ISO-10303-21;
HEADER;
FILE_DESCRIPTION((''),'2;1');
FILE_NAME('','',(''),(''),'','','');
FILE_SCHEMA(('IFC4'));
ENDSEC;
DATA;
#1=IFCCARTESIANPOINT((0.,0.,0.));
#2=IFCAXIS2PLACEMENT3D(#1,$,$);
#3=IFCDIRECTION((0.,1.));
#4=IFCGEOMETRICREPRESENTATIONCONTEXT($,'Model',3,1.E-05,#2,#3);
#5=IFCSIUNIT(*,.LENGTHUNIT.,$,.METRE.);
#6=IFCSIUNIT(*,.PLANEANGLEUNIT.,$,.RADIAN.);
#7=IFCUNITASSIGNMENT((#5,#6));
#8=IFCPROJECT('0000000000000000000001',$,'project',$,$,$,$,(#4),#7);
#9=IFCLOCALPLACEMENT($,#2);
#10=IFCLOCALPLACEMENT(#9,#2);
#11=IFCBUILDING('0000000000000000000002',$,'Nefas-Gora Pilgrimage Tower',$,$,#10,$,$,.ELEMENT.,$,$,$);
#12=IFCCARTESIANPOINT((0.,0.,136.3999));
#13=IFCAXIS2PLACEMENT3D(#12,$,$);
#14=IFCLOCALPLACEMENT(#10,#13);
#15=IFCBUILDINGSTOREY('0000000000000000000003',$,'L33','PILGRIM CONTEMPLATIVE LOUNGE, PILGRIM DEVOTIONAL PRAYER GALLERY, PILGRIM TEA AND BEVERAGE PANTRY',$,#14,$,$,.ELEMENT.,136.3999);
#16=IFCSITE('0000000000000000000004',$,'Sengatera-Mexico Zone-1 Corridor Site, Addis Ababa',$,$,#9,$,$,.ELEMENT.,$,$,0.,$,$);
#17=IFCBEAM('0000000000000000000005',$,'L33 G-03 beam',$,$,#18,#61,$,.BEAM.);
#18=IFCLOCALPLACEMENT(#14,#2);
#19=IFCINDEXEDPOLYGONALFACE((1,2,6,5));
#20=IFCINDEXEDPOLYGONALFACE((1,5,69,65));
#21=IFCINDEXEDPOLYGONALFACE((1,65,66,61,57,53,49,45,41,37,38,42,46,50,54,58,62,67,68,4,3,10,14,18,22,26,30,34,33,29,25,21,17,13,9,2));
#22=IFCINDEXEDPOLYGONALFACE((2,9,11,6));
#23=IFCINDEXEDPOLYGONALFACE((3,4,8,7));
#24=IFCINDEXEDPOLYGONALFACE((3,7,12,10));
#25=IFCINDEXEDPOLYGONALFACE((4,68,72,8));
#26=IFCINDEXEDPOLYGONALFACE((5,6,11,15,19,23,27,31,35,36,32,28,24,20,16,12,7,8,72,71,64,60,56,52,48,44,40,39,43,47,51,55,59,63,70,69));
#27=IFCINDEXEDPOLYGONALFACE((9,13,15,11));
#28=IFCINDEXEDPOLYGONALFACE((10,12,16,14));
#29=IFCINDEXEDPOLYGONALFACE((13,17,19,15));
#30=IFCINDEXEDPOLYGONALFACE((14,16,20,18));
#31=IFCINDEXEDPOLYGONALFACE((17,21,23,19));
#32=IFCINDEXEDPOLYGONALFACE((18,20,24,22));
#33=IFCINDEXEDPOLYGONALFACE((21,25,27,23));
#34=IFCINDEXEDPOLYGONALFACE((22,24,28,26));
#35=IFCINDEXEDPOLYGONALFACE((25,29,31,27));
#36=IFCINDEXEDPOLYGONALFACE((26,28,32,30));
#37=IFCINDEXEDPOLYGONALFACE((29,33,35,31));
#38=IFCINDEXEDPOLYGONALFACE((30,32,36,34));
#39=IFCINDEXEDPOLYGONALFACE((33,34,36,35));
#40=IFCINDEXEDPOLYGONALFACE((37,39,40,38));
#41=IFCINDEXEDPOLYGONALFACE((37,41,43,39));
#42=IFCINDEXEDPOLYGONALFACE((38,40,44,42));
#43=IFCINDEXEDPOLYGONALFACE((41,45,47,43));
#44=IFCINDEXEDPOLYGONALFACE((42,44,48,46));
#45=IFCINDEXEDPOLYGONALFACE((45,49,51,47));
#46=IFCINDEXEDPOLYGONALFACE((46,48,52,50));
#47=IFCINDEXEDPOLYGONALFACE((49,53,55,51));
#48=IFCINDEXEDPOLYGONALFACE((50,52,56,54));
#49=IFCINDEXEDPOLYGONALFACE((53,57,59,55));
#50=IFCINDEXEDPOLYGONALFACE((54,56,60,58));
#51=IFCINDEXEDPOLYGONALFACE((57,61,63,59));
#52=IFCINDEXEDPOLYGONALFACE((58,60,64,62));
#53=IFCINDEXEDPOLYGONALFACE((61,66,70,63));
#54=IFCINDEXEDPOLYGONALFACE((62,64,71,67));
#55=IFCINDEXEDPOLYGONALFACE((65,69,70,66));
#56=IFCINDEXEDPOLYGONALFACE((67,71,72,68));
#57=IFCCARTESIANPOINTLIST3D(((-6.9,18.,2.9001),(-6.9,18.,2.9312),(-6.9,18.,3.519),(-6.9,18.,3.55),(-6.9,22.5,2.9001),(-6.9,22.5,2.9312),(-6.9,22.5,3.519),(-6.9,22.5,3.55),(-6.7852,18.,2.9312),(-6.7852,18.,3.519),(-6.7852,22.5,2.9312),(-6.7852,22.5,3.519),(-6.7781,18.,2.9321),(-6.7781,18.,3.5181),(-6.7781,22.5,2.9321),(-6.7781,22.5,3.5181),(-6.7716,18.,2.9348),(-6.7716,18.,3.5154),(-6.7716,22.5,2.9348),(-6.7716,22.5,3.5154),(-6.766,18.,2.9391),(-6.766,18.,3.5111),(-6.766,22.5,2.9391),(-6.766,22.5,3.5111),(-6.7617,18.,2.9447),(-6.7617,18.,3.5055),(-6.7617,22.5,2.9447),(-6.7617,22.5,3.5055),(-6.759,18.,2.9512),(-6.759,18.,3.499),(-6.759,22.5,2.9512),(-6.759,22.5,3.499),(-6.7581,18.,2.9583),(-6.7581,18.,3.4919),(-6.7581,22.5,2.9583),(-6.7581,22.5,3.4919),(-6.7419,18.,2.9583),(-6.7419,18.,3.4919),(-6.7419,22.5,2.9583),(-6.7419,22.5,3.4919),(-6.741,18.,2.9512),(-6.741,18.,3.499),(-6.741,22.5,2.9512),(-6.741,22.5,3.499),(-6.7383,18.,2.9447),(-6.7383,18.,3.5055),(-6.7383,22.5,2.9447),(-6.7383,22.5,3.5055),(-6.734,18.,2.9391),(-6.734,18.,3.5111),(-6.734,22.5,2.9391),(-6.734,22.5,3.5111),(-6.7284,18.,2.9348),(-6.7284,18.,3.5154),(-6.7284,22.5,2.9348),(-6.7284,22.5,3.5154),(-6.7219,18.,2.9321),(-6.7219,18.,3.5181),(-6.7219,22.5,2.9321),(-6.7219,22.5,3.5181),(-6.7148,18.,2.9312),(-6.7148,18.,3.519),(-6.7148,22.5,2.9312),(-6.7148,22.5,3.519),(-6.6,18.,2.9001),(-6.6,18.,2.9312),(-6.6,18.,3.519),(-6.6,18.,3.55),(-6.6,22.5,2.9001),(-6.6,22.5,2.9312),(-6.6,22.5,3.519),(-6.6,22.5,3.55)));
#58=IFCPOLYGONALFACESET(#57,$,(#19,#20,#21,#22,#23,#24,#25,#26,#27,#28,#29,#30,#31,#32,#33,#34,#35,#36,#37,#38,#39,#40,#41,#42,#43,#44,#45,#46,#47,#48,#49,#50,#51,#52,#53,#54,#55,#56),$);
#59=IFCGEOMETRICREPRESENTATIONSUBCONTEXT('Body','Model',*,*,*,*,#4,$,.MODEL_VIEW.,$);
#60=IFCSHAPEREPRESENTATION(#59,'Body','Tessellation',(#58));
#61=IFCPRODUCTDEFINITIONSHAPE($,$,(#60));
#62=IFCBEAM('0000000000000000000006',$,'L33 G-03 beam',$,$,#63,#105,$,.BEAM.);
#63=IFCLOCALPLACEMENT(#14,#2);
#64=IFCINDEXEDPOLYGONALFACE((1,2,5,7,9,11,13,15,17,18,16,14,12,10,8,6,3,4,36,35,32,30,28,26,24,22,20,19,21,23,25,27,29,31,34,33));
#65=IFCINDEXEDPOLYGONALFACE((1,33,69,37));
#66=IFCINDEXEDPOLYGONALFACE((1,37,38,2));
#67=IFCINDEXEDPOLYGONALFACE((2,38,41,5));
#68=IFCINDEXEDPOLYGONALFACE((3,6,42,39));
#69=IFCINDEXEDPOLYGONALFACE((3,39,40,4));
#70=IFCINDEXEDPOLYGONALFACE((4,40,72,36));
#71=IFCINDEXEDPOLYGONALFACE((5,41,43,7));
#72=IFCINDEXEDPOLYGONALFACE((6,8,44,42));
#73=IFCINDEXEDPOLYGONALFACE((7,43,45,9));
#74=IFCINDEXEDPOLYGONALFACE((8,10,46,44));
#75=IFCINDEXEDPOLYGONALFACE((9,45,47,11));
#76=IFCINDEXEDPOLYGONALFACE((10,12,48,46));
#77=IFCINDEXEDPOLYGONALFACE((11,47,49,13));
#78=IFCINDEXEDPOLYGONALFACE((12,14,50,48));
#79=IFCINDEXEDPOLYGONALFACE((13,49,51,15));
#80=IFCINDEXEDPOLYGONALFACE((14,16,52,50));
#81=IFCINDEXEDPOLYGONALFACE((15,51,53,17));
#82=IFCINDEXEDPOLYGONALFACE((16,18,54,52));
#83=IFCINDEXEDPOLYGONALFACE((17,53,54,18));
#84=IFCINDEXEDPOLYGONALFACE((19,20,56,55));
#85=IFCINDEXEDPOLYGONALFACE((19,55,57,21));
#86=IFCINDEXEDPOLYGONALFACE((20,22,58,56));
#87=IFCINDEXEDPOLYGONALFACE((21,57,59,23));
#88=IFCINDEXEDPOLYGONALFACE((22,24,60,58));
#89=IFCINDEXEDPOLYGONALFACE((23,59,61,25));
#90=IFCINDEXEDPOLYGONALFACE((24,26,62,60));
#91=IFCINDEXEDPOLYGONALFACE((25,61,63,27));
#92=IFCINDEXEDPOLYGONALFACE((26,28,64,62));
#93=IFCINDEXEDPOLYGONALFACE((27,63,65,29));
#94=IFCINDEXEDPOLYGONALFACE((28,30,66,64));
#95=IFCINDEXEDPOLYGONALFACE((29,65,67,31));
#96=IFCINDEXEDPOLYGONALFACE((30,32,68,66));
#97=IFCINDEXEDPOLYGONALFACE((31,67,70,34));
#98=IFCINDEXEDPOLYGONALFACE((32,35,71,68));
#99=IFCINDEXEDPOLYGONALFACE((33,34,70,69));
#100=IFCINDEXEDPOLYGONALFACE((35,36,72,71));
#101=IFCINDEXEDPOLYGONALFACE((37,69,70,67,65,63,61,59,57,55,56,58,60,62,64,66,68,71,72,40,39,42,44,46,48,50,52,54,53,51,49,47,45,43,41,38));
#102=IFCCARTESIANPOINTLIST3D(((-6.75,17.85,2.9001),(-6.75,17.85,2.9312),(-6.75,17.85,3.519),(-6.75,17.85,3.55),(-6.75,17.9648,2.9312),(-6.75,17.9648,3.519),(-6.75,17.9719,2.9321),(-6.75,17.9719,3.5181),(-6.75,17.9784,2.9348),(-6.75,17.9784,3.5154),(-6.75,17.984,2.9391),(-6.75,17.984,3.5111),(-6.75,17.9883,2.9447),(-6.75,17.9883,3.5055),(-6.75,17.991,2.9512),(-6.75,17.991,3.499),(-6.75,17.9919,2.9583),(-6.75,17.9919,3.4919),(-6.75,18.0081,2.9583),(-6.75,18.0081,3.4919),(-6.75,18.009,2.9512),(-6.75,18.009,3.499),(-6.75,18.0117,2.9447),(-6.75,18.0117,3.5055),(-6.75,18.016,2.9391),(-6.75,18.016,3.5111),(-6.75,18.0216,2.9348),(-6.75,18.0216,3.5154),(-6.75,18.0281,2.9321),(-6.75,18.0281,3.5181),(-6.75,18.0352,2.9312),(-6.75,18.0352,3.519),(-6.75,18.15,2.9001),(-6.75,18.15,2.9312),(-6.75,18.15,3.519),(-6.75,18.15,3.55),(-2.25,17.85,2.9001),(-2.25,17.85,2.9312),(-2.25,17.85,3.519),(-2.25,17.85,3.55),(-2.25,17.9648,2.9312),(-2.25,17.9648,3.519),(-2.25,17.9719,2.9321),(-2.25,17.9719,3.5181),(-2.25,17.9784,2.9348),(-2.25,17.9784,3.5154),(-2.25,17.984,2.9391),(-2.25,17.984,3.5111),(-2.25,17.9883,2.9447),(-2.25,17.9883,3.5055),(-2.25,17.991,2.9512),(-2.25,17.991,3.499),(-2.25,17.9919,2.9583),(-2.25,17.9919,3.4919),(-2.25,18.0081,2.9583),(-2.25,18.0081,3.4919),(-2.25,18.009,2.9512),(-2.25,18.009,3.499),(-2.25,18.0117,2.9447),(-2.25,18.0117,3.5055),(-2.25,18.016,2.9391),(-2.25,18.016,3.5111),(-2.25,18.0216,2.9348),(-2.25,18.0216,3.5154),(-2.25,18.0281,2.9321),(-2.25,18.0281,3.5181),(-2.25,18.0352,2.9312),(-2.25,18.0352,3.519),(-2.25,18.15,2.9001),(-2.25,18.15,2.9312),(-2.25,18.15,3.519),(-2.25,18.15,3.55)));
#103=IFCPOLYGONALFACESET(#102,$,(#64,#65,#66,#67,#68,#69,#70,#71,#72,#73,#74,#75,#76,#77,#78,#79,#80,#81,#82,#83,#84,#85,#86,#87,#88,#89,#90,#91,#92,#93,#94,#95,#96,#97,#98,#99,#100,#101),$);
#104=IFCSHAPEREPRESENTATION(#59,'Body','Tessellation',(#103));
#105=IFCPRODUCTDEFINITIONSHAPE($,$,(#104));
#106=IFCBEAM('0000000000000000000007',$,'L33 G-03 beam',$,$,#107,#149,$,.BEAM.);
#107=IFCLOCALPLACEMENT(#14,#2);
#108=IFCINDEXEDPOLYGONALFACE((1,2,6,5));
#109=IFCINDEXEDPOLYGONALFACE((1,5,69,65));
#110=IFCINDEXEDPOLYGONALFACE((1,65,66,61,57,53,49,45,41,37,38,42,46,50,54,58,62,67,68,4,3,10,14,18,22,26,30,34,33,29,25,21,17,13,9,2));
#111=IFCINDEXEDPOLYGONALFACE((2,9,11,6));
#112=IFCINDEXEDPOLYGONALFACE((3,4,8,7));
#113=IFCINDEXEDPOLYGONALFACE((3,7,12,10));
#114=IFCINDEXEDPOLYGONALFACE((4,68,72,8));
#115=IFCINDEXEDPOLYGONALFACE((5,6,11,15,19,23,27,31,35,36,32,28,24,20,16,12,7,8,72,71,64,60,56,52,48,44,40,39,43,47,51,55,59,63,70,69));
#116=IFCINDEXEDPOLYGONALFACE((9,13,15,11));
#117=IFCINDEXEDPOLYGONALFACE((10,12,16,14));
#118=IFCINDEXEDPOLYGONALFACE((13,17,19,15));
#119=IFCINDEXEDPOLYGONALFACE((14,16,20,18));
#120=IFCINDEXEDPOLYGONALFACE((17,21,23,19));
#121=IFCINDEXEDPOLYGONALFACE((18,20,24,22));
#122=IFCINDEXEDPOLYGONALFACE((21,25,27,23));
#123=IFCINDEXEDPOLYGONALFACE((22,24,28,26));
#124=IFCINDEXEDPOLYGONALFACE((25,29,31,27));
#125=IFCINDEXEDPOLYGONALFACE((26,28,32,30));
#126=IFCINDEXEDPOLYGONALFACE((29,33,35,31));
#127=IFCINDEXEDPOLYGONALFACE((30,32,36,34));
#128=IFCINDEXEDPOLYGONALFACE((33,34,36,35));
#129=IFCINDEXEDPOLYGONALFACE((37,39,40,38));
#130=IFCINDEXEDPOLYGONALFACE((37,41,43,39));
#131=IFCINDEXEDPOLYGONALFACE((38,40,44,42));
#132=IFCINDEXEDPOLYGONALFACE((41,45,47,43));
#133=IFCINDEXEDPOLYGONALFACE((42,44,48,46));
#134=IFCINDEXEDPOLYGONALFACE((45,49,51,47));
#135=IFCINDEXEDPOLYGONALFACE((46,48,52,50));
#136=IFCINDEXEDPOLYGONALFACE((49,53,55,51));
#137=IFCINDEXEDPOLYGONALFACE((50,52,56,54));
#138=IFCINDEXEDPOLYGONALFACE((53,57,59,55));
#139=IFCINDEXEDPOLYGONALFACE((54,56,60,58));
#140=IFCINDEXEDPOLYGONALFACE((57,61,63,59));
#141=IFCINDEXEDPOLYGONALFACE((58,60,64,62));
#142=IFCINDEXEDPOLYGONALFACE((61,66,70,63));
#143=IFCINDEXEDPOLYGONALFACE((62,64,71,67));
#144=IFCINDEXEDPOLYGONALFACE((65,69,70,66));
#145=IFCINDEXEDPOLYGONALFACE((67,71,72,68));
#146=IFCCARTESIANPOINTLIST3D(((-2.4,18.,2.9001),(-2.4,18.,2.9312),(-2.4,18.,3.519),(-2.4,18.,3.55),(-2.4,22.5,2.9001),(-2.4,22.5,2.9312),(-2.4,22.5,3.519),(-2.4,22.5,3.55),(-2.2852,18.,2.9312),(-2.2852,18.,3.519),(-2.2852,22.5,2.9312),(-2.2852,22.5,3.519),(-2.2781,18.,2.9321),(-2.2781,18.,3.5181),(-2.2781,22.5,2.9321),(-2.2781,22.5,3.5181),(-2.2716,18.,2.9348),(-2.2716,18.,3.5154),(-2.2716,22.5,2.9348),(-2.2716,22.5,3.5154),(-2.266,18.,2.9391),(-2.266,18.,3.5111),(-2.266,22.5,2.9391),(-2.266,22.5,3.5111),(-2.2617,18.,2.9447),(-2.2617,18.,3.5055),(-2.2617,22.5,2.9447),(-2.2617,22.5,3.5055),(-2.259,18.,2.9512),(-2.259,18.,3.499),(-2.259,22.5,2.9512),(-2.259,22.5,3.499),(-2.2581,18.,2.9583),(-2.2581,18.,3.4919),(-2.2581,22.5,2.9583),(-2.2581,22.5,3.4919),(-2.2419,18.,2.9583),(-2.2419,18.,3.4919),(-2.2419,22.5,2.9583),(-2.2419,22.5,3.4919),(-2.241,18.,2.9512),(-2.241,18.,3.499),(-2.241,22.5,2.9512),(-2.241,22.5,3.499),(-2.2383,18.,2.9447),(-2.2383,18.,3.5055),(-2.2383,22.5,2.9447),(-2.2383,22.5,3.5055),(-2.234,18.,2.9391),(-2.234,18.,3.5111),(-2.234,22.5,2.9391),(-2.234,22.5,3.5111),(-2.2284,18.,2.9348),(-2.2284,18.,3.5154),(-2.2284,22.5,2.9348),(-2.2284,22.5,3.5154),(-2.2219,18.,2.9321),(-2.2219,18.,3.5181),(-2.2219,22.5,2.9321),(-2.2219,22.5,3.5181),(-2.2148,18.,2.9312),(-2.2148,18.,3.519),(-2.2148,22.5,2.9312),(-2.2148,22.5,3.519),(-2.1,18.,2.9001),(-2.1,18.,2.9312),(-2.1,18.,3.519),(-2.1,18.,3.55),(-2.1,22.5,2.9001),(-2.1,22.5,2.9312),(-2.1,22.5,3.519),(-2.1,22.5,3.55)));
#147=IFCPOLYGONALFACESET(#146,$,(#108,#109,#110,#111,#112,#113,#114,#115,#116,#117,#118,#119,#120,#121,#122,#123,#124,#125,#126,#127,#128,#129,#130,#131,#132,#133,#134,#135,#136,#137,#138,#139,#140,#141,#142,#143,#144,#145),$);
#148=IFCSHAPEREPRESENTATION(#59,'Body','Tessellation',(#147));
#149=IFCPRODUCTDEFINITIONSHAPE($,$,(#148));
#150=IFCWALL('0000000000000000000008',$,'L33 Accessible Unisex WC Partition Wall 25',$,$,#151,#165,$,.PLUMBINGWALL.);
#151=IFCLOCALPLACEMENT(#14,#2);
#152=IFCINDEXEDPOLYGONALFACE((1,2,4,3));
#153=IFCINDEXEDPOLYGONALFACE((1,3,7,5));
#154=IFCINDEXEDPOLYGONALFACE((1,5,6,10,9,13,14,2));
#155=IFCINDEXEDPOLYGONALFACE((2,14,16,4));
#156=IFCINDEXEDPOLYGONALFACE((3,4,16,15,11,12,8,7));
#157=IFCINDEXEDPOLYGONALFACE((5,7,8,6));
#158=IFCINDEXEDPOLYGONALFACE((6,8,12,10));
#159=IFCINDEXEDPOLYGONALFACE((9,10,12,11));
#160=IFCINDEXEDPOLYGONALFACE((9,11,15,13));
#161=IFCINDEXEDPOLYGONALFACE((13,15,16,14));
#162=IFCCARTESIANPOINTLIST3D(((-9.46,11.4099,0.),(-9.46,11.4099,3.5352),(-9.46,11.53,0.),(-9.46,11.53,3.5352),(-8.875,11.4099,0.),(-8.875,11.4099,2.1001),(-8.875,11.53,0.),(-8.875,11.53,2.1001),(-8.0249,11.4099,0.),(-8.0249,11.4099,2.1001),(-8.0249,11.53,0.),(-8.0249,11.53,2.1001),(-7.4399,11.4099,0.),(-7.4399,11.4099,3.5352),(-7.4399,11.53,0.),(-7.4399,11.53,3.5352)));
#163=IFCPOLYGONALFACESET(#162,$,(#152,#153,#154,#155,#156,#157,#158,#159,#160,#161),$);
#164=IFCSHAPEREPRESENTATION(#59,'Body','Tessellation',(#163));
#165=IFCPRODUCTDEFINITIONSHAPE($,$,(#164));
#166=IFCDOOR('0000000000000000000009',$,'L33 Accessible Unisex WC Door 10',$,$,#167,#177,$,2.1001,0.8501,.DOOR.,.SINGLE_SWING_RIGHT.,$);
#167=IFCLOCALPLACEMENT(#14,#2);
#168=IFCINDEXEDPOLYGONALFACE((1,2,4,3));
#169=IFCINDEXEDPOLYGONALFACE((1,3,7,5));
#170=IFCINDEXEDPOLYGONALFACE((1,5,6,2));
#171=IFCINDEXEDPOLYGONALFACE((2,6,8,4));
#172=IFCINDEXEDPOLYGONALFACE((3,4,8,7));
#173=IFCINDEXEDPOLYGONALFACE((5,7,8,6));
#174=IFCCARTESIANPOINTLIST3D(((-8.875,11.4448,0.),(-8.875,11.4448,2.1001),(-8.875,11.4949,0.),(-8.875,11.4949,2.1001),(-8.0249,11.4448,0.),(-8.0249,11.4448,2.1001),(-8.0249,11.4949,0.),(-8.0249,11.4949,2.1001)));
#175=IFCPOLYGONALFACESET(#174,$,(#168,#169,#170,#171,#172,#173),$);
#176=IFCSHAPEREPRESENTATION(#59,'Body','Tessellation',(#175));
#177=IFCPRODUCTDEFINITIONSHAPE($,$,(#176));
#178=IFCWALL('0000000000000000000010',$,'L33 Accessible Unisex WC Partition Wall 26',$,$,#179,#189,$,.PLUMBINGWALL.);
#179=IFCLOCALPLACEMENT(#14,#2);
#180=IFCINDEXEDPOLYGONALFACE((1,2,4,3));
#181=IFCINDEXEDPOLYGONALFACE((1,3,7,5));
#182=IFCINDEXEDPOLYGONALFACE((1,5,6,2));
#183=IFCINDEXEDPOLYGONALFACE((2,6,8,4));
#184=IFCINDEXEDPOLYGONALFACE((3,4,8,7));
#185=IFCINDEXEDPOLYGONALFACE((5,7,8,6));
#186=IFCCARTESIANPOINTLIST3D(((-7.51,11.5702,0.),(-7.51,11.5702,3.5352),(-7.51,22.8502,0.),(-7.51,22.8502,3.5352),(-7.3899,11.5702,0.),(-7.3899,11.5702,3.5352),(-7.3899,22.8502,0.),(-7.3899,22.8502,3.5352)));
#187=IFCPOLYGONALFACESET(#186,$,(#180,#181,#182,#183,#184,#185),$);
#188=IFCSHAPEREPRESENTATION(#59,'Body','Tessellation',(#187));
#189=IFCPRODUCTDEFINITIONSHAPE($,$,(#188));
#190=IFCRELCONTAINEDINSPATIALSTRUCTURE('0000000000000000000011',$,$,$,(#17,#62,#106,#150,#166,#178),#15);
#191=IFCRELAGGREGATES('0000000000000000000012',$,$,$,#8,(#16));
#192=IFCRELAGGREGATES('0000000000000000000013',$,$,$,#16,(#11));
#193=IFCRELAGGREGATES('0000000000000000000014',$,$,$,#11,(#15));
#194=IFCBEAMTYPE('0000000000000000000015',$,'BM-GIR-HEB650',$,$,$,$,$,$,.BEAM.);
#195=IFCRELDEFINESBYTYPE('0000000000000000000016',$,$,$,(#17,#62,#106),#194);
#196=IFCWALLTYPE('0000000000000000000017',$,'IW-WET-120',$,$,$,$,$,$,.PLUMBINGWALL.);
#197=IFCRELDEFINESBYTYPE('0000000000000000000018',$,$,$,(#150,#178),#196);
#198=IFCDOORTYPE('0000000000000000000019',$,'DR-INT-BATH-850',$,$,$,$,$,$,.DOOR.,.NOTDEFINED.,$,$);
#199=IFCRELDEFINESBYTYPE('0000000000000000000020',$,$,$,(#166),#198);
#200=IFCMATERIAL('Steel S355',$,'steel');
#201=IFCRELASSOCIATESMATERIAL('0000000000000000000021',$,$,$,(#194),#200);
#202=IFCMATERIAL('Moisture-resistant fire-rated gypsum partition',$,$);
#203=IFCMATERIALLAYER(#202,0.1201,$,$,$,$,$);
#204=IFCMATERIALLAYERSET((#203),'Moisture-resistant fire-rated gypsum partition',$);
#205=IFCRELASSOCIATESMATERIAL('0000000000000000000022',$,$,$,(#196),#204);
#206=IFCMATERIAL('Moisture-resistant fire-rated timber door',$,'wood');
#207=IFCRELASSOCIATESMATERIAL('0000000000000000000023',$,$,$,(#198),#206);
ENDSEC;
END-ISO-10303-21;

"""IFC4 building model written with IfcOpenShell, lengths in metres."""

from ifc_helpers import new_model, si_unit, direction, frame, frame_2d, origin, origin_2d, place, context, subcontext, project, spatial, rectangle, i_section, extrude, source, transform, mapped, material, layer, layer_set, material_profile, profile_set, type_object, element, fill, save


model = new_model("IFC4")

# Units and contexts
model_context = context("Model", 3, precision=1e-05, world=origin(), true_north=direction((0.0, 1.0)))
body_context = subcontext(model_context, "Body", "Model", "MODEL_VIEW")
ifc_project = project(units=[si_unit("LENGTHUNIT", "METRE"), si_unit("PLANEANGLEUNIT", "RADIAN")], contexts=[model_context])

# Site, building, storey
site_placement = place(None, origin())
site = spatial("IfcSite", under=ifc_project, at=site_placement, Name="Sengatera-Mexico Zone-1 Corridor Site, Addis Ababa", CompositionType="ELEMENT", RefElevation=0.0)
building_placement = place(site_placement, origin())
building = spatial("IfcBuilding", under=site, at=building_placement, Name="Nefas-Gora Pilgrimage Tower", CompositionType="ELEMENT")
storey_placement = place(building_placement, frame((0.0, 0.0, 136.3999)))
storey = spatial("IfcBuildingStorey", under=building, at=storey_placement, Name="L33", Description="PILGRIM CONTEMPLATIVE LOUNGE, PILGRIM DEVOTIONAL PRAYER GALLERY, PILGRIM TEA AND BEVERAGE PANTRY", CompositionType="ELEMENT", Elevation=136.3999)

# Beams
ifc_material_1 = material(Name="Steel S355", Category="steel")
ifc_material_profile_1 = material_profile(ifc_material_1, i_section(OverallWidth=0.3, OverallDepth=0.6499, WebThickness=0.0161, FlangeThickness=0.031, FilletRadius=0.0271, at=origin_2d()), Name="HEB 650")
ifc_profile_set_1 = profile_set([ifc_material_profile_1], Name="Steel S355")
beam_type = type_object("IfcBeamType", Name="BM-GIR-HEB650", PredefinedType="BEAM", material=ifc_profile_set_1)
shared_shape_1 = source(origin(), body_context, "Body", "SweptSolid", [
    extrude(i_section(OverallWidth=0.3, OverallDepth=0.6499, WebThickness=0.0161, FlangeThickness=0.031, FilletRadius=0.0271, at=origin_2d()), origin(), (0.0, 0.0, 1.0), 4.5),
])
for number, where, z_axis, x_axis, name in (
    (1, (-6.75, 18.0, 3.2251), (0.0, 1.0, 0.0), (-1.0, 0.0, 0.0), "L33 G-03 beam"),
    (2, (-6.75, 18.0, 3.2251), (1.0, 0.0, 0.0), (0.0, 1.0, 0.0), "L33 G-03 beam"),
    (3, (-2.25, 18.0, 3.2251), (0.0, 1.0, 0.0), (-1.0, 0.0, 0.0), "L33 G-03 beam"),
):
    element("IfcBeam", number, at=place(storey_placement, frame(where, z_axis=z_axis, x_axis=x_axis)), inside=storey, type_object=beam_type, Name=name, PredefinedType="BEAM", context=body_context, shape_type="MappedRepresentation", body=[
        mapped(shared_shape_1, transform((0.0, 0.0, 0.0), x_axis=(1.0, 0.0, 0.0), y_axis=(0.0, 1.0, 0.0), z_axis=(0.0, 0.0, 1.0), scale=1.0)),
    ])

# Wall, opening, door
ifc_material_2 = material(Name="Moisture-resistant fire-rated gypsum partition")
ifc_layer_1 = layer(ifc_material_2, 0.1201)
ifc_layer_set_1 = layer_set([ifc_layer_1], Name="Moisture-resistant fire-rated gypsum partition")
wall_type_1 = type_object("IfcWallType", Name="IW-WET-120", PredefinedType="PLUMBINGWALL", material=ifc_layer_set_1)
shared_shape_2 = source(origin(), body_context, "Body", "SweptSolid", [
    extrude(rectangle(XDim=2.02, YDim=0.1201, at=frame_2d((1.01, 0.0))), origin(), (0.0, 0.0, 1.0), 3.5352),
])
wall_1_placement = place(storey_placement, frame((-9.46, 11.47, 0.0), z_axis=(0.0, 0.0, 1.0), x_axis=(1.0, 0.0, 0.0)))
wall_1 = element("IfcWall", 4, at=wall_1_placement, inside=storey, type_object=wall_type_1, Name="L33 Accessible Unisex WC Partition Wall 25", PredefinedType="PLUMBINGWALL", context=body_context, shape_type="MappedRepresentation", body=[
    mapped(shared_shape_2, transform((0.0, 0.0, 0.0), x_axis=(1.0, 0.0, 0.0), y_axis=(0.0, 1.0, 0.0), z_axis=(0.0, 0.0, 1.0), scale=1.0)),
])
opening_1_placement = place(wall_1_placement, frame((0.585, 0.0, 0.0)))
opening_1 = element("IfcOpeningElement", 5, at=opening_1_placement, cuts=wall_1, PredefinedType="OPENING", context=body_context, shape_type="SweptSolid", body=[
    extrude(rectangle(XDim=0.8501, YDim=2.1001, at=frame_2d((0.425, 1.05))), frame((0.0, 0.0701, 0.0), z_axis=(0.0, -1.0, 0.0), x_axis=(1.0, 0.0, 0.0)), (0.0, 0.0, 1.0), 0.1401),
])
ifc_material_3 = material(Name="Moisture-resistant fire-rated timber door", Category="wood")
door_type_1 = type_object("IfcDoorType", Name="DR-INT-BATH-850", OperationType="NOTDEFINED", PredefinedType="DOOR", material=ifc_material_3)
shared_shape_3 = source(origin(), body_context, "Body", "SweptSolid", [
    extrude(rectangle(XDim=0.8501, YDim=2.1001, at=frame_2d((0.425, 1.05))), frame((0.0, 0.0249, 0.0), z_axis=(0.0, -1.0, 0.0), x_axis=(1.0, 0.0, 0.0)), (0.0, 0.0, 1.0), 0.05),
])
door_1_placement = place(opening_1_placement, origin())
door_1 = element("IfcDoor", 6, at=door_1_placement, inside=storey, type_object=door_type_1, Name="L33 Accessible Unisex WC Door 10", OperationType="SINGLE_SWING_RIGHT", OverallHeight=2.1001, OverallWidth=0.8501, PredefinedType="DOOR", context=body_context, shape_type="MappedRepresentation", body=[
    mapped(shared_shape_3, transform((0.0, 0.0, 0.0), x_axis=(1.0, 0.0, 0.0), y_axis=(0.0, 1.0, 0.0), z_axis=(0.0, 0.0, 1.0), scale=1.0)),
])
fill(opening_1, door_1)

# Wall
shared_shape_4 = source(origin(), body_context, "Body", "SweptSolid", [
    extrude(rectangle(XDim=11.28, YDim=0.1201, at=frame_2d((5.6401, 0.0))), origin(), (0.0, 0.0, 1.0), 3.5352),
])
wall_2_placement = place(storey_placement, frame((-7.45, 11.5701, 0.0), z_axis=(0.0, 0.0, 1.0), x_axis=(0.0, 1.0, 0.0)))
element("IfcWall", 7, at=wall_2_placement, inside=storey, type_object=wall_type_1, Name="L33 Accessible Unisex WC Partition Wall 26", PredefinedType="PLUMBINGWALL", context=body_context, shape_type="MappedRepresentation", body=[
    mapped(shared_shape_4, transform((0.0, 0.0, 0.0), x_axis=(1.0, 0.0, 0.0), y_axis=(0.0, 1.0, 0.0), z_axis=(0.0, 0.0, 1.0), scale=1.0)),
])

save(model, "model.ifc")
